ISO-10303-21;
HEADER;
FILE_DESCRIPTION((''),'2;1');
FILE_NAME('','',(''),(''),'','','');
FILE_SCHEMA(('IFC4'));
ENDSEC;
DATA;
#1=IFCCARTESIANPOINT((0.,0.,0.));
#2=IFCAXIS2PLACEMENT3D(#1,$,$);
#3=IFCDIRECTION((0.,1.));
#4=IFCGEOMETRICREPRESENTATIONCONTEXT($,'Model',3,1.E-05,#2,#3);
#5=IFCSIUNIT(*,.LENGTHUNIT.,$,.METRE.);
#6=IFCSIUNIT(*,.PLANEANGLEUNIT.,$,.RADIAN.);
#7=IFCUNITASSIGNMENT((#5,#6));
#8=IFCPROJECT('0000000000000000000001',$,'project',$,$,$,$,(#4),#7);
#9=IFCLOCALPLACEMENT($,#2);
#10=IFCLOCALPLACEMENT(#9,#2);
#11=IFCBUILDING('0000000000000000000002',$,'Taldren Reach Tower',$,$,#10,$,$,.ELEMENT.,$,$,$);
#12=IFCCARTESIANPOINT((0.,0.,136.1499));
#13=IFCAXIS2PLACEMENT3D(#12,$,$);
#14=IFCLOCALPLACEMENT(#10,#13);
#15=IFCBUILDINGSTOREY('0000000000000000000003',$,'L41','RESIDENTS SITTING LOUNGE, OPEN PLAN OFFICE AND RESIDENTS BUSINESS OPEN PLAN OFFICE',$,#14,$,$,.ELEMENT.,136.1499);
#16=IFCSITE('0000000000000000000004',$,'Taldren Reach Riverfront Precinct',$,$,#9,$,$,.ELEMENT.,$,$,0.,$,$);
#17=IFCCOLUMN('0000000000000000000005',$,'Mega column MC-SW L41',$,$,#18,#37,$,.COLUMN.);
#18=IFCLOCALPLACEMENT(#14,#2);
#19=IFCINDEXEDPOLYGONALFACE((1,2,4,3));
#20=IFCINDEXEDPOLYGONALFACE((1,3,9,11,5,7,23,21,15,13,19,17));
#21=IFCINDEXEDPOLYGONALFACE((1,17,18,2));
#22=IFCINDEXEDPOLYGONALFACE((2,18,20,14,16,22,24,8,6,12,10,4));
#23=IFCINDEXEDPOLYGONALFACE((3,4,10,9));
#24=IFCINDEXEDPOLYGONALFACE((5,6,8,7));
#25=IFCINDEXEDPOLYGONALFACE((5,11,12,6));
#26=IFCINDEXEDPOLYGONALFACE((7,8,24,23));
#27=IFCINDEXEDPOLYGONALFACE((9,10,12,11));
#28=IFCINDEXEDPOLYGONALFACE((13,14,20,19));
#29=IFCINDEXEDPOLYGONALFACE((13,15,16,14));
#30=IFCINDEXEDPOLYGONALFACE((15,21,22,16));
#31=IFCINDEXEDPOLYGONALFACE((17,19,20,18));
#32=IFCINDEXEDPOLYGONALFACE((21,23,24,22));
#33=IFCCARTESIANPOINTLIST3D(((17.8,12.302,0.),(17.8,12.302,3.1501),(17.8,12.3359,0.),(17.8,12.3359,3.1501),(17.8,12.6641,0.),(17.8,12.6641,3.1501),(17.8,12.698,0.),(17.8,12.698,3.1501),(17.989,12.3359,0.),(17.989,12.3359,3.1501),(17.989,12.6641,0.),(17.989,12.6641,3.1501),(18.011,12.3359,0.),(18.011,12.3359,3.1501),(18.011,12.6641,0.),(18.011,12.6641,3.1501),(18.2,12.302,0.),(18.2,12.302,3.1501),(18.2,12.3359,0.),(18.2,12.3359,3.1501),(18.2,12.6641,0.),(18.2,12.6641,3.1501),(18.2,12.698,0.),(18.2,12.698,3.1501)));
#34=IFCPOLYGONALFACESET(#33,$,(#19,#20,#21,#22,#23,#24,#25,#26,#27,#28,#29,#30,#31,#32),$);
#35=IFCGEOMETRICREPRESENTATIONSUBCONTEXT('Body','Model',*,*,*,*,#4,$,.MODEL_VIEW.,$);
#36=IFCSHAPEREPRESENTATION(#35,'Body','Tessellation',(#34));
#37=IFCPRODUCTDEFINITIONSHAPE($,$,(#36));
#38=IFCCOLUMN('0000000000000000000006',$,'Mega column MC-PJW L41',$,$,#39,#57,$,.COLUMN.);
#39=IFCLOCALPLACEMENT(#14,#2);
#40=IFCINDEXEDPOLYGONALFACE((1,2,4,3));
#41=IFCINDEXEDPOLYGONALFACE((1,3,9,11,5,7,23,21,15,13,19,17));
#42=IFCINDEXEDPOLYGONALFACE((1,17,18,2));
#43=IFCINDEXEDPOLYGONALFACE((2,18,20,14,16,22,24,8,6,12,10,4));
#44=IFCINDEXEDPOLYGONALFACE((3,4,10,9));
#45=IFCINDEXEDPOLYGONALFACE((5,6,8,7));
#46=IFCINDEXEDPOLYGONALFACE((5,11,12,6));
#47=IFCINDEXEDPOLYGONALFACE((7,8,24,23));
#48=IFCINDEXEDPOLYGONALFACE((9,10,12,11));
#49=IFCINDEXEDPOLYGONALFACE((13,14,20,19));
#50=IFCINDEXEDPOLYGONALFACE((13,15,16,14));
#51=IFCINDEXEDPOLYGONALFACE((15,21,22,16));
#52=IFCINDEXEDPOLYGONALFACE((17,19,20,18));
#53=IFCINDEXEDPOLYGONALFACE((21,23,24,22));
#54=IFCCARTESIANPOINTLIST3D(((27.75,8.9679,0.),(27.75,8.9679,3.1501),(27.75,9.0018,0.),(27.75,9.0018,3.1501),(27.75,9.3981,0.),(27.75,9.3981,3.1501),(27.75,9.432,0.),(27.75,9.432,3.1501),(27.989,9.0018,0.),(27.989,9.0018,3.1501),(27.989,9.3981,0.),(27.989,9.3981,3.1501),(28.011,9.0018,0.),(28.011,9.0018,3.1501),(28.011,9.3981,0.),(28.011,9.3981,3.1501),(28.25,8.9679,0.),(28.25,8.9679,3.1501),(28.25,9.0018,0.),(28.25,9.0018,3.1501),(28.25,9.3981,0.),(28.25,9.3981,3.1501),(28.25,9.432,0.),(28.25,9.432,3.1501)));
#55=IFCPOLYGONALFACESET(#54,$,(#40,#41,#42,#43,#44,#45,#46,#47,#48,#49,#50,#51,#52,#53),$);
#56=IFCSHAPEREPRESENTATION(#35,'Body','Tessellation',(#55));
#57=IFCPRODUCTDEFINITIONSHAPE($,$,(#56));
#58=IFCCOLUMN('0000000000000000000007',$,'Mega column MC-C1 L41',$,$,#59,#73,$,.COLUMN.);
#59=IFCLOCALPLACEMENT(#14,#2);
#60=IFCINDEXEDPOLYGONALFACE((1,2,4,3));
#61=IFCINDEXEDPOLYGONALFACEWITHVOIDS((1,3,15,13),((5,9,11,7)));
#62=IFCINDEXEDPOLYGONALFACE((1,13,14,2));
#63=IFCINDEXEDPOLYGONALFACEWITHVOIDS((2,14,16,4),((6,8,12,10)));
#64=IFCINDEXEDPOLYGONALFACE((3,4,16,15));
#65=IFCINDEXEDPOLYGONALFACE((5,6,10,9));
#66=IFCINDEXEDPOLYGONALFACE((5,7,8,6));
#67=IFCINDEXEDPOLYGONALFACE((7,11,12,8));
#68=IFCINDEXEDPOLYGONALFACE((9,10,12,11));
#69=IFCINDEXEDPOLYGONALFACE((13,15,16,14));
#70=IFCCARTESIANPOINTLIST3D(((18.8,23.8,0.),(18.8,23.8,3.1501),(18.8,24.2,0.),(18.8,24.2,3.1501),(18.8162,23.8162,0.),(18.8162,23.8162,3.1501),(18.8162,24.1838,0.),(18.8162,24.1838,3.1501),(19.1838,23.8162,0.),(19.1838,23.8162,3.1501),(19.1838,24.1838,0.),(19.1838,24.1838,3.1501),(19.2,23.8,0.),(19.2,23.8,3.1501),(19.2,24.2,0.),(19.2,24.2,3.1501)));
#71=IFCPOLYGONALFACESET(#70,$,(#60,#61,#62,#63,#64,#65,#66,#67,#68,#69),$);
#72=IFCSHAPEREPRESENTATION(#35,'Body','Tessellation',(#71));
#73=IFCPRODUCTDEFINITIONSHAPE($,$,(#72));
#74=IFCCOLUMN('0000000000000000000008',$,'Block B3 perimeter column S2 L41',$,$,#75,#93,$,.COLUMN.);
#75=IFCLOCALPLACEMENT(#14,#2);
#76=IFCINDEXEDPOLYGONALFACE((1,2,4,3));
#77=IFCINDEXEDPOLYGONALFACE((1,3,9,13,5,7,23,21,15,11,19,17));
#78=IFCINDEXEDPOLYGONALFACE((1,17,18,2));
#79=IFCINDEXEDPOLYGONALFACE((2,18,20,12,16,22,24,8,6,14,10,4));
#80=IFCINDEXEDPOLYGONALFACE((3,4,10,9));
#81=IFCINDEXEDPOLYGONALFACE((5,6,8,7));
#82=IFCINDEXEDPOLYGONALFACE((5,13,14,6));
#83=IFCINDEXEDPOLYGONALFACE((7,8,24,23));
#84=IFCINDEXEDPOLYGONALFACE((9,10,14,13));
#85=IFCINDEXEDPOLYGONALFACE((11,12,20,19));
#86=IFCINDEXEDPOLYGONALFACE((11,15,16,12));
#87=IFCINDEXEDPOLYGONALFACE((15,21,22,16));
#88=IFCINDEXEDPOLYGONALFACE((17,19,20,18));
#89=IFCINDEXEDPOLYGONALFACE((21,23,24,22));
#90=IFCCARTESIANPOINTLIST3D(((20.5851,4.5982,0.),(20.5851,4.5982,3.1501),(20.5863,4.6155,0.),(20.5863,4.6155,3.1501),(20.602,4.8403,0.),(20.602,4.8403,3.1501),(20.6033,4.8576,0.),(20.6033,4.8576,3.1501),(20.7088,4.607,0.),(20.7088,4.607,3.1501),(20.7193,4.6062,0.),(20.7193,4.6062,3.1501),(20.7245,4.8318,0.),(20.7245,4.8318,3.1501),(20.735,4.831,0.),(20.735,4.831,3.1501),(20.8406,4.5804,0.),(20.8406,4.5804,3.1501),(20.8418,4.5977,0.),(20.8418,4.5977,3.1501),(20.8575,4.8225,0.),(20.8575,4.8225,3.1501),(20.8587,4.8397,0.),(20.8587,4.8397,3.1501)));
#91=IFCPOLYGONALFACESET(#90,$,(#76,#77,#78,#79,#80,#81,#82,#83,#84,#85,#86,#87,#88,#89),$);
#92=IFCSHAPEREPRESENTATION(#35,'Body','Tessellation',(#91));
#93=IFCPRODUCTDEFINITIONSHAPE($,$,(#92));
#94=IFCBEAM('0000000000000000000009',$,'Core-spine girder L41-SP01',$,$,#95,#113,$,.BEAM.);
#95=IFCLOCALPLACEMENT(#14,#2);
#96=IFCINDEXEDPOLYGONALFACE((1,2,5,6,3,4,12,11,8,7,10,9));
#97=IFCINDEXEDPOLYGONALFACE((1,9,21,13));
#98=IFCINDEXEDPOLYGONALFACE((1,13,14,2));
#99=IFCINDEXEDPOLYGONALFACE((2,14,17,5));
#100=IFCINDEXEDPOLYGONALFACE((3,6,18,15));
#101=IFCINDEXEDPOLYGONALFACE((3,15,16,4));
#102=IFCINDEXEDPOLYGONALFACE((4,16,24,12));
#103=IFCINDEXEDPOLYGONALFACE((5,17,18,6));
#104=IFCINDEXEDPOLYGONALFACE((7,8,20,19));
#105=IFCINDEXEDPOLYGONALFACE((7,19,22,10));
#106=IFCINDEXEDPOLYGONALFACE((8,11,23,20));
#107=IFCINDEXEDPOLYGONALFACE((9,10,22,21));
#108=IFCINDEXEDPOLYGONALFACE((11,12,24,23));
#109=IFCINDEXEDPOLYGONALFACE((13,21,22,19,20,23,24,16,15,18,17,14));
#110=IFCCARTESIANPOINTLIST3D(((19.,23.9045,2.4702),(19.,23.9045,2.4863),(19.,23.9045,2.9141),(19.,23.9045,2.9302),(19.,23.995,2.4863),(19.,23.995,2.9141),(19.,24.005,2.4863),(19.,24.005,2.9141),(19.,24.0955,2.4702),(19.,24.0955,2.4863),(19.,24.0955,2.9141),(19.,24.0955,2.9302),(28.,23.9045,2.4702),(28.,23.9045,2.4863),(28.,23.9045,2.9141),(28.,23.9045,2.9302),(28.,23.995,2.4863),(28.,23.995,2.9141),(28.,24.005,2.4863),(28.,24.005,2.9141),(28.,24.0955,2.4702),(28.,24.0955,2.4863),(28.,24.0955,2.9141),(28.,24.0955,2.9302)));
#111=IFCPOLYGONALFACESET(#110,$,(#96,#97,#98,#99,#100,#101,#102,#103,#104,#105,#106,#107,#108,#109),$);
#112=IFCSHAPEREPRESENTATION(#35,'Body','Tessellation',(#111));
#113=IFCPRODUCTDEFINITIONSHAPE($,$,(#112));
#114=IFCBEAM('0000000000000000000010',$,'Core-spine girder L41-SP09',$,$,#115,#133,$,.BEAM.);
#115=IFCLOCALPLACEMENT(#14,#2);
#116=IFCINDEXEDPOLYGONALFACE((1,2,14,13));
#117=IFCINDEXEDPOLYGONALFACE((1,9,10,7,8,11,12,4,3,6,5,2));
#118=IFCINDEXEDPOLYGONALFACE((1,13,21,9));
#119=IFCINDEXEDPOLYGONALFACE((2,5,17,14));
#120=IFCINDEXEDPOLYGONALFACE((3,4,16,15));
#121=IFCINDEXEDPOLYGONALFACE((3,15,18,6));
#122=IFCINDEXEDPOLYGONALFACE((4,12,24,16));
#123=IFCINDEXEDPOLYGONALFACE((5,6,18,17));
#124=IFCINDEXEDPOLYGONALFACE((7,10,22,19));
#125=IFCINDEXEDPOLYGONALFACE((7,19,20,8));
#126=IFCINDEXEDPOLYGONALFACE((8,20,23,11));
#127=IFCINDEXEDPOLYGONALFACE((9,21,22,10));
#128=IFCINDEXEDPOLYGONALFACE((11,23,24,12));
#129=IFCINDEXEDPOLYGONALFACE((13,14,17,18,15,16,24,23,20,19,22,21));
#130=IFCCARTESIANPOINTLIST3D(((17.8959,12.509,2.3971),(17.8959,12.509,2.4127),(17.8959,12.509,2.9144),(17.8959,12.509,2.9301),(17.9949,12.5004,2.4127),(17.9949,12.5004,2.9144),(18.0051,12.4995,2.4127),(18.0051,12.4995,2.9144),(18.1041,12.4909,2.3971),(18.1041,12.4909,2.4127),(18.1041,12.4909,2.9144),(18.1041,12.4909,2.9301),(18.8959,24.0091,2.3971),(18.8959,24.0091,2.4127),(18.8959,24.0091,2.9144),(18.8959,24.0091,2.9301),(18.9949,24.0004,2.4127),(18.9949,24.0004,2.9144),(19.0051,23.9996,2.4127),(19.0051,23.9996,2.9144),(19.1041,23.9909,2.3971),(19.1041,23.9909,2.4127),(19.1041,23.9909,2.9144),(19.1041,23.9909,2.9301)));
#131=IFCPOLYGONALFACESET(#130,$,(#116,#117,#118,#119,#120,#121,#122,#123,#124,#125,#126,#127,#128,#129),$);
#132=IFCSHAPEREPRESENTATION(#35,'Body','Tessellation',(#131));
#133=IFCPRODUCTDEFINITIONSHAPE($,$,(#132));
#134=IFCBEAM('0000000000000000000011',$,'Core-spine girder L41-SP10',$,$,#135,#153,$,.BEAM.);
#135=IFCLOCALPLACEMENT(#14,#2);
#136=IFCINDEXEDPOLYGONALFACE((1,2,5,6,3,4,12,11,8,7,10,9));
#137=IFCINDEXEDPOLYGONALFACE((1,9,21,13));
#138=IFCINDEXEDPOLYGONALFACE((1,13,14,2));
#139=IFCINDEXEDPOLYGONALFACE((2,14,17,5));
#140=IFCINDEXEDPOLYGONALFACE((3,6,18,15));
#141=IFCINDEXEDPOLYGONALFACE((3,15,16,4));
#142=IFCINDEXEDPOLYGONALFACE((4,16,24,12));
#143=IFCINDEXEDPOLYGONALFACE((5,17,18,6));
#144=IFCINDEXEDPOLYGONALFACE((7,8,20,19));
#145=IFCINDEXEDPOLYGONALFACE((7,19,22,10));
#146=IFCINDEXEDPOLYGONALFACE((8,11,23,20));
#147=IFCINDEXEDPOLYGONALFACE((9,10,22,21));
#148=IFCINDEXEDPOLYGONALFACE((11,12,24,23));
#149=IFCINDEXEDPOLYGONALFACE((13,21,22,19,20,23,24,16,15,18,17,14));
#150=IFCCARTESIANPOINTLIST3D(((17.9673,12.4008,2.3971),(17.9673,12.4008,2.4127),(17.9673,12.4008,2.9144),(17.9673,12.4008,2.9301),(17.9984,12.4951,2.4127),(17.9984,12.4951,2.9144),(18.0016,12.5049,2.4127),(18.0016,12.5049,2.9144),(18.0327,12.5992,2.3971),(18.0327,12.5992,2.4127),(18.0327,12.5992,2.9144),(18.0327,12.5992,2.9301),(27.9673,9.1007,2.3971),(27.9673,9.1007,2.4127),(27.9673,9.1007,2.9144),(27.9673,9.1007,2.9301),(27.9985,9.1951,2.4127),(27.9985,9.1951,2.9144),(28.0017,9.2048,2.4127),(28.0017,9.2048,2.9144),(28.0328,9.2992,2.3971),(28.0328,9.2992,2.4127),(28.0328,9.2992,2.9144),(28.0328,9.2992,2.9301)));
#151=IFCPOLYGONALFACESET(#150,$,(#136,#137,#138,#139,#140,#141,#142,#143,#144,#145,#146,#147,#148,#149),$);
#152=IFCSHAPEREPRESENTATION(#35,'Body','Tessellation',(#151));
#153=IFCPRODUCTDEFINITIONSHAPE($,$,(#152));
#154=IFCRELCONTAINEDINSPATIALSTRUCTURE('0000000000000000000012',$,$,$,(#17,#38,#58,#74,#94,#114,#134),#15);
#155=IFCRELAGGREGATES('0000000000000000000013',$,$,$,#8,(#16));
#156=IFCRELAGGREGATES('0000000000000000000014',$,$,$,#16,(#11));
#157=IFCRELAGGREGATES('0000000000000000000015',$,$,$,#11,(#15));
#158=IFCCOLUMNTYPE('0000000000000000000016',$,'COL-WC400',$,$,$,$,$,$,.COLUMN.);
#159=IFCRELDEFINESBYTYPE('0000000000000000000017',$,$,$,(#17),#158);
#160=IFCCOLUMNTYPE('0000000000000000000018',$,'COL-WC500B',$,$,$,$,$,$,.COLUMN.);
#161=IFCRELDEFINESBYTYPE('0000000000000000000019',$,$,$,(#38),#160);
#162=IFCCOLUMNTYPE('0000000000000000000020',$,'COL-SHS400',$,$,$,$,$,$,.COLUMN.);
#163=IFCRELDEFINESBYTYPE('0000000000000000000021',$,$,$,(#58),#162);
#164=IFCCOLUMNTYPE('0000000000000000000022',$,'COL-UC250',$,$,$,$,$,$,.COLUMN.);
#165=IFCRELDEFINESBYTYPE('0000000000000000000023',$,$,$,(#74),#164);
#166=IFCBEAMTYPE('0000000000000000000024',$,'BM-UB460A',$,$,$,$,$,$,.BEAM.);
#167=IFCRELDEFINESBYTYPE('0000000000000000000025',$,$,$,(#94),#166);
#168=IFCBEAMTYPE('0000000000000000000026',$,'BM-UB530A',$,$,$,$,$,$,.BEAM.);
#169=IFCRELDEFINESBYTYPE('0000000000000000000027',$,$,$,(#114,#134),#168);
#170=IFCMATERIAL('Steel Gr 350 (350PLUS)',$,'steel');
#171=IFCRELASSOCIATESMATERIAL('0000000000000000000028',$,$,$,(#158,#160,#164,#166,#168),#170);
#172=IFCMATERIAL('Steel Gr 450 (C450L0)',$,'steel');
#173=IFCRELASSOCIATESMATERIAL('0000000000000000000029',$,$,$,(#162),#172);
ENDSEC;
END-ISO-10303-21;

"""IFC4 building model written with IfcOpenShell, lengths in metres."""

from ifc_helpers import new_model, si_unit, direction, frame, origin, origin_2d, place, context, subcontext, project, spatial, hollow_rectangle, i_section, extrude, source, transform, mapped, material, material_profile, profile_set, type_object, element, save


model = new_model("IFC4")

# Units and contexts
model_context = context("Model", 3, precision=1e-05, world=origin(), true_north=direction((0.0, 1.0)))
body_context = subcontext(model_context, "Body", "Model", "MODEL_VIEW")
ifc_project = project(units=[si_unit("LENGTHUNIT", "METRE"), si_unit("PLANEANGLEUNIT", "RADIAN")], contexts=[model_context])

# Site, building, storey
site_placement = place(None, origin())
site = spatial("IfcSite", under=ifc_project, at=site_placement, Name="Taldren Reach Riverfront Precinct", CompositionType="ELEMENT", RefElevation=0.0)
building_placement = place(site_placement, origin())
building = spatial("IfcBuilding", under=site, at=building_placement, Name="Taldren Reach Tower", CompositionType="ELEMENT")
storey_placement = place(building_placement, frame((0.0, 0.0, 136.1499)))
storey = spatial("IfcBuildingStorey", under=building, at=storey_placement, Name="L41", Description="RESIDENTS SITTING LOUNGE, OPEN PLAN OFFICE AND RESIDENTS BUSINESS OPEN PLAN OFFICE", CompositionType="ELEMENT", Elevation=136.1499)

# Columns
ifc_material_1 = material(Name="Steel Gr 350 (350PLUS)", Category="steel")
ifc_material_profile_1 = material_profile(ifc_material_1, i_section(OverallWidth=0.3999, OverallDepth=0.396, WebThickness=0.022, FlangeThickness=0.0339, at=origin_2d()), Name="400WC270")
ifc_profile_set_1 = profile_set([ifc_material_profile_1], Name="Steel Gr 350 (350PLUS)")
column_type_1 = type_object("IfcColumnType", Name="COL-WC400", PredefinedType="COLUMN", material=ifc_profile_set_1)
shared_shape_1 = source(origin(), body_context, "Body", "SweptSolid", [
    extrude(i_section(OverallWidth=0.3999, OverallDepth=0.396, WebThickness=0.022, FlangeThickness=0.0339, at=origin_2d()), origin(), (0.0, 0.0, 1.0), 3.1501),
])
column_1_placement = place(storey_placement, frame((18.0, 12.5, 0.0), z_axis=(0.0, 0.0, 1.0), x_axis=(1.0, 0.0, 0.0)))
element("IfcColumn", 1, at=column_1_placement, inside=storey, type_object=column_type_1, Name="Mega column MC-SW L41", PredefinedType="COLUMN", context=body_context, shape_type="MappedRepresentation", body=[
    mapped(shared_shape_1, transform((0.0, 0.0, 0.0), scale=1.0)),
])
ifc_material_profile_2 = material_profile(ifc_material_1, i_section(OverallWidth=0.5, OverallDepth=0.4641, WebThickness=0.022, FlangeThickness=0.0339, at=origin_2d()), Name="500WC340")
ifc_profile_set_2 = profile_set([ifc_material_profile_2], Name="Steel Gr 350 (350PLUS)")
column_type_2 = type_object("IfcColumnType", Name="COL-WC500B", PredefinedType="COLUMN", material=ifc_profile_set_2)
shared_shape_2 = source(origin(), body_context, "Body", "SweptSolid", [
    extrude(i_section(OverallWidth=0.5, OverallDepth=0.4641, WebThickness=0.022, FlangeThickness=0.0339, at=origin_2d()), origin(), (0.0, 0.0, 1.0), 3.1501),
])
column_2_placement = place(storey_placement, frame((28.0, 9.2, 0.0), z_axis=(0.0, 0.0, 1.0), x_axis=(1.0, 0.0, 0.0)))
element("IfcColumn", 2, at=column_2_placement, inside=storey, type_object=column_type_2, Name="Mega column MC-PJW L41", PredefinedType="COLUMN", context=body_context, shape_type="MappedRepresentation", body=[
    mapped(shared_shape_2, transform((0.0, 0.0, 0.0), scale=1.0)),
])
ifc_material_2 = material(Name="Steel Gr 450 (C450L0)", Category="steel")
ifc_material_profile_3 = material_profile(ifc_material_2, hollow_rectangle(XDim=0.3999, YDim=0.3999, WallThickness=0.0161, at=origin_2d()), Name="400x400x16.0SHS")
ifc_profile_set_3 = profile_set([ifc_material_profile_3], Name="Steel Gr 450 (C450L0)")
column_type_3 = type_object("IfcColumnType", Name="COL-SHS400", PredefinedType="COLUMN", material=ifc_profile_set_3)
shared_shape_3 = source(origin(), body_context, "Body", "SweptSolid", [
    extrude(hollow_rectangle(XDim=0.3999, YDim=0.3999, WallThickness=0.0161, at=origin_2d()), origin(), (0.0, 0.0, 1.0), 3.1501),
])
column_3_placement = place(storey_placement, frame((19.0, 24.0, 0.0), z_axis=(0.0, 0.0, 1.0), x_axis=(1.0, 0.0, 0.0)))
element("IfcColumn", 3, at=column_3_placement, inside=storey, type_object=column_type_3, Name="Mega column MC-C1 L41", PredefinedType="COLUMN", context=body_context, shape_type="MappedRepresentation", body=[
    mapped(shared_shape_3, transform((0.0, 0.0, 0.0), scale=1.0)),
])
ifc_material_profile_4 = material_profile(ifc_material_1, i_section(OverallWidth=0.2561, OverallDepth=0.26, WebThickness=0.0105, FlangeThickness=0.0173, at=origin_2d()), Name="250UC89.5")
ifc_profile_set_4 = profile_set([ifc_material_profile_4], Name="Steel Gr 350 (350PLUS)")
column_type_4 = type_object("IfcColumnType", Name="COL-UC250", PredefinedType="COLUMN", material=ifc_profile_set_4)
shared_shape_4 = source(origin(), body_context, "Body", "SweptSolid", [
    extrude(i_section(OverallWidth=0.2561, OverallDepth=0.26, WebThickness=0.0105, FlangeThickness=0.0173, at=origin_2d()), origin(), (0.0, 0.0, 1.0), 3.1501),
])
column_4_placement = place(storey_placement, frame((20.7219, 4.719, 0.0), z_axis=(0.0, 0.0, 1.0), x_axis=(0.997564, -0.069756, 0.0)))
element("IfcColumn", 4, at=column_4_placement, inside=storey, type_object=column_type_4, Name="Block B3 perimeter column S2 L41", PredefinedType="COLUMN", context=body_context, shape_type="MappedRepresentation", body=[
    mapped(shared_shape_4, transform((0.0, 0.0, 0.0), scale=1.0)),
])

# Beams
ifc_material_profile_5 = material_profile(ifc_material_1, i_section(OverallWidth=0.1909, OverallDepth=0.46, WebThickness=0.01, FlangeThickness=0.0161, at=origin_2d()), Name="460UB82.1")
ifc_profile_set_5 = profile_set([ifc_material_profile_5], Name="Steel Gr 350 (350PLUS)")
beam_type_1 = type_object("IfcBeamType", Name="BM-UB460A", PredefinedType="BEAM", material=ifc_profile_set_5)
shared_shape_5 = source(origin(), body_context, "Body", "SweptSolid", [
    extrude(i_section(OverallWidth=0.1909, OverallDepth=0.46, WebThickness=0.01, FlangeThickness=0.0161, at=origin_2d()), origin(), (0.0, 0.0, 1.0), 9.0),
])
beam_1_placement = place(storey_placement, frame((19.0, 24.0, 2.7002), z_axis=(1.0, 0.0, 0.0), x_axis=(0.0, 1.0, 0.0)))
element("IfcBeam", 5, at=beam_1_placement, inside=storey, type_object=beam_type_1, Name="Core-spine girder L41-SP01", PredefinedType="BEAM", context=body_context, shape_type="MappedRepresentation", body=[
    mapped(shared_shape_5, transform((0.0, 0.0, 0.0), scale=1.0)),
])
ifc_material_profile_6 = material_profile(ifc_material_1, i_section(OverallWidth=0.209, OverallDepth=0.533, WebThickness=0.0103, FlangeThickness=0.0156, at=origin_2d()), Name="530UB92.4")
ifc_profile_set_6 = profile_set([ifc_material_profile_6], Name="Steel Gr 350 (350PLUS)")
beam_type_2 = type_object("IfcBeamType", Name="BM-UB530A", PredefinedType="BEAM", material=ifc_profile_set_6)
shared_shape_6 = source(origin(), body_context, "Body", "SweptSolid", [
    extrude(i_section(OverallWidth=0.209, OverallDepth=0.533, WebThickness=0.0103, FlangeThickness=0.0156, at=origin_2d()), origin(), (0.0, 0.0, 1.0), 11.5435),
])
beam_2_placement = place(storey_placement, frame((19.0, 24.0, 2.6636), z_axis=(-0.08663, -0.996241, 0.0), x_axis=(0.996241, -0.08663, 0.0)))
element("IfcBeam", 6, at=beam_2_placement, inside=storey, type_object=beam_type_2, Name="Core-spine girder L41-SP09", PredefinedType="BEAM", context=body_context, shape_type="MappedRepresentation", body=[
    mapped(shared_shape_6, transform((0.0, 0.0, 0.0), scale=1.0)),
])
shared_shape_7 = source(origin(), body_context, "Body", "SweptSolid", [
    extrude(i_section(OverallWidth=0.209, OverallDepth=0.533, WebThickness=0.0103, FlangeThickness=0.0156, at=origin_2d()), origin(), (0.0, 0.0, 1.0), 10.5305),
])
beam_3_placement = place(storey_placement, frame((18.0, 12.5, 2.6636), z_axis=(0.949627, -0.313382, 0.0), x_axis=(0.313382, 0.949627, 0.0)))
element("IfcBeam", 7, at=beam_3_placement, inside=storey, type_object=beam_type_2, Name="Core-spine girder L41-SP10", PredefinedType="BEAM", context=body_context, shape_type="MappedRepresentation", body=[
    mapped(shared_shape_7, transform((0.0, 0.0, 0.0), scale=1.0)),
])

save(model, "model.ifc")
